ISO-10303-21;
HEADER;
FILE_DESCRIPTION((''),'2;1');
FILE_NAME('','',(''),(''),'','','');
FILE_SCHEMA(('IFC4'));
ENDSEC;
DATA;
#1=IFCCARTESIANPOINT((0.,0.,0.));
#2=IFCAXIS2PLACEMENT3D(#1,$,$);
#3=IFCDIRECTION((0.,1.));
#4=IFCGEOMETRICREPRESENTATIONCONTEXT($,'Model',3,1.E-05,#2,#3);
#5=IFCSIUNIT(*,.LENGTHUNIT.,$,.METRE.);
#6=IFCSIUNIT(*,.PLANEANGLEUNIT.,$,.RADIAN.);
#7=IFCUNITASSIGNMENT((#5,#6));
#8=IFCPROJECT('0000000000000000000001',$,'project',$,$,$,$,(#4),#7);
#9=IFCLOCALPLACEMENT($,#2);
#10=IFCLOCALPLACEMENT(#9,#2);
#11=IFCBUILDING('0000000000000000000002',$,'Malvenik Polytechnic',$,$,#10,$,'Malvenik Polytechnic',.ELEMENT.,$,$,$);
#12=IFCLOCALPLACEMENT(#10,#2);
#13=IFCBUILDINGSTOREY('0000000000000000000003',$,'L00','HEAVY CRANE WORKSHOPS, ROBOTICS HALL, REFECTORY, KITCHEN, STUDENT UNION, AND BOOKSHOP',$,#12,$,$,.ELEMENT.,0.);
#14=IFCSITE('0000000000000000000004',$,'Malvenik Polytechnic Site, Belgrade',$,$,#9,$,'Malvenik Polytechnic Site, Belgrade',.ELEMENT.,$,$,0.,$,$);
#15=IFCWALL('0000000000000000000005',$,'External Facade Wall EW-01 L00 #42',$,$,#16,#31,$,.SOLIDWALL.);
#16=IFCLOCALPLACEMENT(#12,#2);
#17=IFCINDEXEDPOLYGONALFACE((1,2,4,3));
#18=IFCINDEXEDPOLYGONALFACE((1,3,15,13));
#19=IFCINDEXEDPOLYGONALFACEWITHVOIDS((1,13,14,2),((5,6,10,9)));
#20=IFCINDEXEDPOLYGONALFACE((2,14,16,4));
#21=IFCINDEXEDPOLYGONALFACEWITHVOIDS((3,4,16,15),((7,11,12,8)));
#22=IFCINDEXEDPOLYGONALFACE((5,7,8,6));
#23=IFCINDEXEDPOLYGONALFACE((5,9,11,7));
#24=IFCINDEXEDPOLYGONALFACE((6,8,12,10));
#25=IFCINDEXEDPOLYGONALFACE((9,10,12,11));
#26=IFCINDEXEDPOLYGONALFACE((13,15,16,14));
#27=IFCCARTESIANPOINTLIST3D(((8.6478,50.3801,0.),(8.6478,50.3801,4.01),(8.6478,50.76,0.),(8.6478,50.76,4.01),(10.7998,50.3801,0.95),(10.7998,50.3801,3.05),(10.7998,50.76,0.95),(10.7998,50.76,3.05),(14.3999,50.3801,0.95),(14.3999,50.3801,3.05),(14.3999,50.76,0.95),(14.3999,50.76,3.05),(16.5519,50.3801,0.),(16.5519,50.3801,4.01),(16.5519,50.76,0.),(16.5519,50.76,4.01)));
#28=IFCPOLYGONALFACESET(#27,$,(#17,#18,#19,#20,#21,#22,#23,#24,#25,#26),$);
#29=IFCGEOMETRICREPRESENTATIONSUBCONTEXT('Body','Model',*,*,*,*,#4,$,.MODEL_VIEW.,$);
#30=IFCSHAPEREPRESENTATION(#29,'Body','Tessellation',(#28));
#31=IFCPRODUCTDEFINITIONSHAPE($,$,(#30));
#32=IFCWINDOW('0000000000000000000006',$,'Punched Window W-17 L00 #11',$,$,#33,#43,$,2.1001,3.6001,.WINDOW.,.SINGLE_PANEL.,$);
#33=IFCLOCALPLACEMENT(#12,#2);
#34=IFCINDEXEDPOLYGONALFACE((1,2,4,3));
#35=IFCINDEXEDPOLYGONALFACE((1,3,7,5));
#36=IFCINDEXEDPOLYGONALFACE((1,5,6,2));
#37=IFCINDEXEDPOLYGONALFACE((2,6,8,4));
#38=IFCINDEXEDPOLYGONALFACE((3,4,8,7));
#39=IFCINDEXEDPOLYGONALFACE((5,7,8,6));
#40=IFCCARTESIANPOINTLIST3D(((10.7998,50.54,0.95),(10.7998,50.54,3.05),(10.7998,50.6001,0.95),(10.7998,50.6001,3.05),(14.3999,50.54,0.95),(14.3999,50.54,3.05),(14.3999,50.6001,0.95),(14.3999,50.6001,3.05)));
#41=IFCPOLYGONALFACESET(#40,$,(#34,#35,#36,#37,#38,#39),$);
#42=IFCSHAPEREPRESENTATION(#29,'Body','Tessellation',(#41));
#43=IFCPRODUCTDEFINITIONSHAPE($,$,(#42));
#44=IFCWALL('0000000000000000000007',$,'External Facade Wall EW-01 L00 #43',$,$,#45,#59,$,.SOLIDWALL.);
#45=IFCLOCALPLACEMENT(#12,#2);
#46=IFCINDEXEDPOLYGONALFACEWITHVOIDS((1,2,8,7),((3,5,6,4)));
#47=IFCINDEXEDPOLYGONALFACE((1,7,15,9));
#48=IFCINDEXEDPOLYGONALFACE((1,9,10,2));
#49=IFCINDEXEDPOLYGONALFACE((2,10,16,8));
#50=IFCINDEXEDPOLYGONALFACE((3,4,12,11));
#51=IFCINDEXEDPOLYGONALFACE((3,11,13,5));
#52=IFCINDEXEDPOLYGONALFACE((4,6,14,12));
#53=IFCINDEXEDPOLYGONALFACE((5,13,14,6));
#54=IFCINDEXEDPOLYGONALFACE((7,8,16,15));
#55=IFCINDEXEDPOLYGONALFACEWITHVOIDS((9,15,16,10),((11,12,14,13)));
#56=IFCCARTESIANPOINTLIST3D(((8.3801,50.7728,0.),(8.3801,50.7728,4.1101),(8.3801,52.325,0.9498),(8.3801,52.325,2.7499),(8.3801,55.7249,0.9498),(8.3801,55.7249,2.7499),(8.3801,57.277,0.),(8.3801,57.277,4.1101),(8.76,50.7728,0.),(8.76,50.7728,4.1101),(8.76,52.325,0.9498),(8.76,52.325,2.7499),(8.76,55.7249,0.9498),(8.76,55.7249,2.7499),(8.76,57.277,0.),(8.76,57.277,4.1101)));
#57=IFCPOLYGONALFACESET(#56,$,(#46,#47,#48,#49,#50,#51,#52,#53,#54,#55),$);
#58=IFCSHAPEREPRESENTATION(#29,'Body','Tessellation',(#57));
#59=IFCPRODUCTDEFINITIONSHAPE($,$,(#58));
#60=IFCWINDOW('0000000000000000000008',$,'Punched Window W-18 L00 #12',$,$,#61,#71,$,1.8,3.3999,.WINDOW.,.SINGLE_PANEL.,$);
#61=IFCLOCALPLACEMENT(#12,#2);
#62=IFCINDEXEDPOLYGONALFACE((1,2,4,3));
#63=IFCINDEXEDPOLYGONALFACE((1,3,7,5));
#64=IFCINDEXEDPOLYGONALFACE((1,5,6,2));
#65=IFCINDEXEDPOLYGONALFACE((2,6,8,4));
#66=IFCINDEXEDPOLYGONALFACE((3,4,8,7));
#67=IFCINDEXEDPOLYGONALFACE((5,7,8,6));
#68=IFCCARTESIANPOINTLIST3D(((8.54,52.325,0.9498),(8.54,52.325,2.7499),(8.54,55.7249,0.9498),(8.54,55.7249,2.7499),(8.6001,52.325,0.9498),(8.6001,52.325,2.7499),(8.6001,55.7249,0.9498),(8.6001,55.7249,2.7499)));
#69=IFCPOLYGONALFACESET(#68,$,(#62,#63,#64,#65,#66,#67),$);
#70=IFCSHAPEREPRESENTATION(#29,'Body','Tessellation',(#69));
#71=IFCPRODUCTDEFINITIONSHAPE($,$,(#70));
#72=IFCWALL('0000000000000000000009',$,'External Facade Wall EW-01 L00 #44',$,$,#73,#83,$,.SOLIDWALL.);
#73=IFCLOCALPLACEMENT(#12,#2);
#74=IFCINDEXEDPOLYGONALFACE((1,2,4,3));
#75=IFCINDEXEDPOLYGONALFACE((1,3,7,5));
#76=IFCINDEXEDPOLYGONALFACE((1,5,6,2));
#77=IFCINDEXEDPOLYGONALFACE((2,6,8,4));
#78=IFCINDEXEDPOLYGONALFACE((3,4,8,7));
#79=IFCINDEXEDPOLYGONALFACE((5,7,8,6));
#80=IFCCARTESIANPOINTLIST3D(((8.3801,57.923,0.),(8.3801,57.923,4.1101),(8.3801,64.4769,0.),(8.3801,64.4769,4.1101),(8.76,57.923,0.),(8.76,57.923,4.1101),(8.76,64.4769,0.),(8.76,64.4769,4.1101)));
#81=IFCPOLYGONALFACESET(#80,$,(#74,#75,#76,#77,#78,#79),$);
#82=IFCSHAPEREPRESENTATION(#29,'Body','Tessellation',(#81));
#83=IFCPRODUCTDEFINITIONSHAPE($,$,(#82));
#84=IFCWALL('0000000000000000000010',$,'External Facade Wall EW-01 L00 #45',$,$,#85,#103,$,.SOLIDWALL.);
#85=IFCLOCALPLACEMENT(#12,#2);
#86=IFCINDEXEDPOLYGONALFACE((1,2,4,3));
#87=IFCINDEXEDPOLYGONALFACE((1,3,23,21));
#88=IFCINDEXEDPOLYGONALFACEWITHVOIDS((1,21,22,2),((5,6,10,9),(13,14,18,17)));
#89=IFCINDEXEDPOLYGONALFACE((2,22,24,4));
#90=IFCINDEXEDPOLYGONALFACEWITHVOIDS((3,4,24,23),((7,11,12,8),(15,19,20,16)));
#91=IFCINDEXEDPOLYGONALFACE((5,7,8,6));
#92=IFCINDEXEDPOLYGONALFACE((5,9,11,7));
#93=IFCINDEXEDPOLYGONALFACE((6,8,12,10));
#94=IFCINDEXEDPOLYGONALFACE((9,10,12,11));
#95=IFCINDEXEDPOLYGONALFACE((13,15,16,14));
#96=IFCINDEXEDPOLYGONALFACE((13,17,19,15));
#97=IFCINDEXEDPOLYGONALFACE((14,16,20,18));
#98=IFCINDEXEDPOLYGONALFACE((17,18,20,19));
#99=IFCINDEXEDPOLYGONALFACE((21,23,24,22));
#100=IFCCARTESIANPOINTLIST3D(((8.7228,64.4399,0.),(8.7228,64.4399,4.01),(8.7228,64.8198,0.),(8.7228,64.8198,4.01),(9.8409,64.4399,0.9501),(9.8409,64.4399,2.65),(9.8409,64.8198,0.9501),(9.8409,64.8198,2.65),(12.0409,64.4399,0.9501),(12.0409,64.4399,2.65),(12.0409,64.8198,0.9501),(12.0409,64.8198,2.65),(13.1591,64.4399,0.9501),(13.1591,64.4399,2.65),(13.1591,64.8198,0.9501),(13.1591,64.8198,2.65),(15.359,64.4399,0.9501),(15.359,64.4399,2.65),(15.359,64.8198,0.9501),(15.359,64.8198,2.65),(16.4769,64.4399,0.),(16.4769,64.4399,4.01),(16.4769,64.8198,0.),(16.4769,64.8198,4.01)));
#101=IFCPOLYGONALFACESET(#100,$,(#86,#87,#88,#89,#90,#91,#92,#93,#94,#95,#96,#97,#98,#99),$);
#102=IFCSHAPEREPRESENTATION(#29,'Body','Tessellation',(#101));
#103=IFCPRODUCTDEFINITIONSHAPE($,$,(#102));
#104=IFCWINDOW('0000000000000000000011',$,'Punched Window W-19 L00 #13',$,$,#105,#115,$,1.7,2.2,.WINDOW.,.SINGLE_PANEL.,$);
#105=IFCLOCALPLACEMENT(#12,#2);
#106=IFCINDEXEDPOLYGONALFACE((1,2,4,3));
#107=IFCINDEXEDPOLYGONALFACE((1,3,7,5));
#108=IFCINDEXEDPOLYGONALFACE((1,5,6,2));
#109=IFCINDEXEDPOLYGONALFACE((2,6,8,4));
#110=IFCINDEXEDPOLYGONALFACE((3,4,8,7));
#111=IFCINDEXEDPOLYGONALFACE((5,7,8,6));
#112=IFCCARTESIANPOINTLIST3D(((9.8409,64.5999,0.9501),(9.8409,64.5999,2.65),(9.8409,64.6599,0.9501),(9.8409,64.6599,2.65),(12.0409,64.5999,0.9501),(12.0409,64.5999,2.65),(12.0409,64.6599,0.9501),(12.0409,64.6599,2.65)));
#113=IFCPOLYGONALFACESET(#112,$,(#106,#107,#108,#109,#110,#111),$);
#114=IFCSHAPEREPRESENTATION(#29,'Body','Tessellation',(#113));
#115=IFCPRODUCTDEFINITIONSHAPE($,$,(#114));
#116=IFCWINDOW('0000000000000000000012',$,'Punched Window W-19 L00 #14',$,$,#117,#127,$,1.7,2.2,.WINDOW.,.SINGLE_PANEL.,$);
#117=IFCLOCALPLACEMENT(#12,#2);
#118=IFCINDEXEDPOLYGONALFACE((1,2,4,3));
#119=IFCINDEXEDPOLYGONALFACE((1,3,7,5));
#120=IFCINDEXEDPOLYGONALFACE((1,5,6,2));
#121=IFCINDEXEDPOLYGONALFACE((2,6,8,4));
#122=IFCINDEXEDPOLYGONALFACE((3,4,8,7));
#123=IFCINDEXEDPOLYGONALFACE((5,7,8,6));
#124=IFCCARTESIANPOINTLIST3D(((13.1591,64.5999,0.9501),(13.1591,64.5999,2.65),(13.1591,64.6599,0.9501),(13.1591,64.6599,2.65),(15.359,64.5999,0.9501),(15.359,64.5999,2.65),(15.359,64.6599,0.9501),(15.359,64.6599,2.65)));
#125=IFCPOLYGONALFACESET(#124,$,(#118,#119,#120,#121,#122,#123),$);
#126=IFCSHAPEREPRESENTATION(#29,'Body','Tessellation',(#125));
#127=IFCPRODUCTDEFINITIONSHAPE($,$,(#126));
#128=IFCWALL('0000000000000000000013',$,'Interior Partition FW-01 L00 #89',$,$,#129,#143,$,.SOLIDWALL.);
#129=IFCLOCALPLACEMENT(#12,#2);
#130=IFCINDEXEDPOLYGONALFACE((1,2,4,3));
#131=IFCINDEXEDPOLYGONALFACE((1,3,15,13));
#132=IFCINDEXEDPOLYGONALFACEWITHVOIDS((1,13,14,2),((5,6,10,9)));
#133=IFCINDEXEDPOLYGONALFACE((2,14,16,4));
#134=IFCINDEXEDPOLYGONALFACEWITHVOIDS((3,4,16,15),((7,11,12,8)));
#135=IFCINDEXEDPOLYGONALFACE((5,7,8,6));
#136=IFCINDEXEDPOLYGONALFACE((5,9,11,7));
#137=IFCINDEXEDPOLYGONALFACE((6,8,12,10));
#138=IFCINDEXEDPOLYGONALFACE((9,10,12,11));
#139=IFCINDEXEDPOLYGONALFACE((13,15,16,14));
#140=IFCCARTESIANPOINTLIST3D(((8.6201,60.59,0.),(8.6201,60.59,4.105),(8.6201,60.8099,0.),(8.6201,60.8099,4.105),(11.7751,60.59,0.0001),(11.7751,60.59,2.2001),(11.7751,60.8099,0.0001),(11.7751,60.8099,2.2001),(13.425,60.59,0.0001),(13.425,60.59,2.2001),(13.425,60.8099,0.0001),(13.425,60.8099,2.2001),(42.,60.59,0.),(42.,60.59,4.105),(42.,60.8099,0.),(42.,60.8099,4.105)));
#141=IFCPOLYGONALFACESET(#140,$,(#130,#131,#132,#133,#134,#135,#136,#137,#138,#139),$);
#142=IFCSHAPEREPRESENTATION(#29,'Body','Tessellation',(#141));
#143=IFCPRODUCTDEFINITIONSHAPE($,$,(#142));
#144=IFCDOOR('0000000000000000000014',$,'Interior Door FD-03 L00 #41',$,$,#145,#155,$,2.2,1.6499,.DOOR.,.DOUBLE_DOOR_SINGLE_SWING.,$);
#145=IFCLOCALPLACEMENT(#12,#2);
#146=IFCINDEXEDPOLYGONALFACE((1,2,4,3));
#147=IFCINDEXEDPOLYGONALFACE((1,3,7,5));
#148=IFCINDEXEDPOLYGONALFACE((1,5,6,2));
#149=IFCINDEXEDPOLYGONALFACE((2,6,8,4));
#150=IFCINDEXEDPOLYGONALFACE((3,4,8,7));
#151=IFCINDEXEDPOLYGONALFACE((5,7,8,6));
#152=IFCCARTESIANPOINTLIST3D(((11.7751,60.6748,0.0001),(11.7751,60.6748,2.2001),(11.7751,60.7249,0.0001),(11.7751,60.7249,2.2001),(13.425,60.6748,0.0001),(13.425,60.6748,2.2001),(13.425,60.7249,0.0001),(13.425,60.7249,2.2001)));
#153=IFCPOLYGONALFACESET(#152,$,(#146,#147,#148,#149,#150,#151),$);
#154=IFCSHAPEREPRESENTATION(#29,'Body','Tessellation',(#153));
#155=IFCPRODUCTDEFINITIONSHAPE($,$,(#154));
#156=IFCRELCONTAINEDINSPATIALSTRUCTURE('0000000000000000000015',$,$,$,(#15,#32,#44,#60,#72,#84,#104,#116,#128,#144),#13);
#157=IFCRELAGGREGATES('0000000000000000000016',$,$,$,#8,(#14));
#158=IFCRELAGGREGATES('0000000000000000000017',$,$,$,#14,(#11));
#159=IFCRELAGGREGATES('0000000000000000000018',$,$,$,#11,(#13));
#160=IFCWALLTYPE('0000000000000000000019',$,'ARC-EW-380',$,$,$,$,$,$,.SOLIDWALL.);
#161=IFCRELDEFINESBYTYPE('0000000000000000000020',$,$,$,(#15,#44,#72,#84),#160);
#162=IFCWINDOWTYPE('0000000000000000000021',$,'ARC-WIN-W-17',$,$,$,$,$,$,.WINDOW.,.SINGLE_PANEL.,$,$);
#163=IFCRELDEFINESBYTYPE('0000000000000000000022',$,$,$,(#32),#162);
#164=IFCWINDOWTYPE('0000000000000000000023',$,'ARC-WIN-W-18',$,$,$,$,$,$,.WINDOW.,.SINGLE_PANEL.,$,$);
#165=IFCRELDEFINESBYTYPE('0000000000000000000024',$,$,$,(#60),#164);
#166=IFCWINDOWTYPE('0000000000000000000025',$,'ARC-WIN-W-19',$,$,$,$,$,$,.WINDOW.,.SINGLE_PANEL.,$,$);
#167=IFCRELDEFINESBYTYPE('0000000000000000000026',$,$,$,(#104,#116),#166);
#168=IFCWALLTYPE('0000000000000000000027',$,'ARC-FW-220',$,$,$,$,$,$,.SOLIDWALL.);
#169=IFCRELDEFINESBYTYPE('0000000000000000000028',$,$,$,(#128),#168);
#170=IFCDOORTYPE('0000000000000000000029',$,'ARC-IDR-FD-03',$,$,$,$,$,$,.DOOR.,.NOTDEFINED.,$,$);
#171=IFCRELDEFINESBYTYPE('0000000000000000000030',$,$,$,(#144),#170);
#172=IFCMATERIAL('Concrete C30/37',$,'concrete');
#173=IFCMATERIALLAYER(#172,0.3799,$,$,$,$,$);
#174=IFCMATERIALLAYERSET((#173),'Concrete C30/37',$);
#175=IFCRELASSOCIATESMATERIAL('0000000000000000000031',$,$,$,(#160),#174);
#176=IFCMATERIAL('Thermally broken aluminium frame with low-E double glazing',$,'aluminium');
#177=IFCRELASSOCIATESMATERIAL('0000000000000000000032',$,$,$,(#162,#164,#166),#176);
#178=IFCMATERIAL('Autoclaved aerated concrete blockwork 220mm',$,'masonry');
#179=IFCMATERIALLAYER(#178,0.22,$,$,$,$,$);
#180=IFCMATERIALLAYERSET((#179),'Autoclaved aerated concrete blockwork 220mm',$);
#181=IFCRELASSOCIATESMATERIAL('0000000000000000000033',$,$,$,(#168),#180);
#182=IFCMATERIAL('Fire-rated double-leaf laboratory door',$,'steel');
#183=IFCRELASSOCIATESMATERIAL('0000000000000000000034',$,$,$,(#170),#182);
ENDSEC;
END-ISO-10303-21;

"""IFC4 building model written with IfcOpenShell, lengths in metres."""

from ifc_helpers import new_model, si_unit, direction, frame, frame_2d, origin, place, context, subcontext, project, spatial, rectangle, extrude, material, layer, layer_set, type_object, element, fill, save


model = new_model("IFC4")

# Units and contexts
model_context = context("Model", 3, precision=1e-05, world=origin(), true_north=direction((0.0, 1.0)))
body_context = subcontext(model_context, "Body", "Model", "MODEL_VIEW")
ifc_project = project(units=[si_unit("LENGTHUNIT", "METRE"), si_unit("PLANEANGLEUNIT", "RADIAN")], contexts=[model_context])

# Site, building, storey
site_placement = place(None, origin())
site = spatial("IfcSite", under=ifc_project, at=site_placement, Name="Malvenik Polytechnic Site, Belgrade", LongName="Malvenik Polytechnic Site, Belgrade", CompositionType="ELEMENT", RefElevation=0.0)
building_placement = place(site_placement, origin())
building = spatial("IfcBuilding", under=site, at=building_placement, Name="Malvenik Polytechnic", LongName="Malvenik Polytechnic", CompositionType="ELEMENT")
storey_placement = place(building_placement, origin())
storey = spatial("IfcBuildingStorey", under=building, at=storey_placement, Name="L00", Description="HEAVY CRANE WORKSHOPS, ROBOTICS HALL, REFECTORY, KITCHEN, STUDENT UNION, AND BOOKSHOP", CompositionType="ELEMENT", Elevation=0.0)

# Shared definitions
ifc_material_1 = material(Name="Concrete C30/37", Category="concrete")

# Walls, openings, windows
ifc_layer_1 = layer(ifc_material_1, 0.3799)
ifc_layer_set_1 = layer_set([ifc_layer_1], Name="Concrete C30/37")
wall_type_1 = type_object("IfcWallType", Name="ARC-EW-380", PredefinedType="SOLIDWALL", material=ifc_layer_set_1)
wall_1_placement = place(storey_placement, frame((16.552, 50.5701, 0.0), z_axis=(0.0, 0.0, 1.0), x_axis=(-1.0, 0.0, 0.0)))
wall_1 = element("IfcWall", 1, at=wall_1_placement, inside=storey, type_object=wall_type_1, Name="External Facade Wall EW-01 L00 #42", PredefinedType="SOLIDWALL", context=body_context, shape_type="SweptSolid", body=[
    extrude(rectangle(XDim=7.9041, YDim=0.3799, at=frame_2d((3.9521, 0.0))), origin(), (0.0, 0.0, 1.0), 4.01),
])
opening_1_placement = place(wall_1_placement, frame((2.1521, 0.0, 0.95)))
opening_1 = element("IfcOpeningElement", 2, at=opening_1_placement, cuts=wall_1, PredefinedType="OPENING", context=body_context, shape_type="SweptSolid", body=[
    extrude(rectangle(XDim=3.6001, YDim=2.1001, at=frame_2d((1.8, 1.05))), frame((0.0, 0.2, 0.0), z_axis=(0.0, -1.0, 0.0), x_axis=(1.0, 0.0, 0.0)), (0.0, 0.0, 1.0), 0.3999),
])
ifc_material_2 = material(Name="Thermally broken aluminium frame with low-E double glazing", Category="aluminium")
window_type_1 = type_object("IfcWindowType", Name="ARC-WIN-W-17", PartitioningType="SINGLE_PANEL", PredefinedType="WINDOW", material=ifc_material_2)
window_1_placement = place(opening_1_placement, origin())
window_1 = element("IfcWindow", 3, at=window_1_placement, inside=storey, type_object=window_type_1, Name="Punched Window W-17 L00 #11", OverallHeight=2.1001, OverallWidth=3.6001, PartitioningType="SINGLE_PANEL", PredefinedType="WINDOW", context=body_context, shape_type="SweptSolid", body=[
    extrude(rectangle(XDim=3.6001, YDim=2.1001, at=frame_2d((1.8, 1.05))), frame((0.0, 0.03, 0.0), z_axis=(0.0, -1.0, 0.0), x_axis=(1.0, 0.0, 0.0)), (0.0, 0.0, 1.0), 0.0601),
])
fill(opening_1, window_1)
wall_2_placement = place(storey_placement, frame((8.5701, 50.7729, 0.0), z_axis=(0.0, 0.0, 1.0), x_axis=(0.0, 1.0, 0.0)))
wall_2 = element("IfcWall", 4, at=wall_2_placement, inside=storey, type_object=wall_type_1, Name="External Facade Wall EW-01 L00 #43", PredefinedType="SOLIDWALL", context=body_context, shape_type="SweptSolid", body=[
    extrude(rectangle(XDim=6.5042, YDim=0.3799, at=frame_2d((3.252, 0.0))), origin(), (0.0, 0.0, 1.0), 4.1101),
])
opening_2_placement = place(wall_2_placement, frame((1.552, 0.0, 0.95)))
opening_2 = element("IfcOpeningElement", 5, at=opening_2_placement, cuts=wall_2, PredefinedType="OPENING", context=body_context, shape_type="SweptSolid", body=[
    extrude(rectangle(XDim=3.3999, YDim=1.8, at=frame_2d((1.7, 0.8999))), frame((0.0, 0.2, 0.0), z_axis=(0.0, -1.0, 0.0), x_axis=(1.0, 0.0, 0.0)), (0.0, 0.0, 1.0), 0.3999),
])
window_type_2 = type_object("IfcWindowType", Name="ARC-WIN-W-18", PartitioningType="SINGLE_PANEL", PredefinedType="WINDOW", material=ifc_material_2)
window_2_placement = place(opening_2_placement, origin())
window_2 = element("IfcWindow", 6, at=window_2_placement, inside=storey, type_object=window_type_2, Name="Punched Window W-18 L00 #12", OverallHeight=1.8, OverallWidth=3.3999, PartitioningType="SINGLE_PANEL", PredefinedType="WINDOW", context=body_context, shape_type="SweptSolid", body=[
    extrude(rectangle(XDim=3.3999, YDim=1.8, at=frame_2d((1.7, 0.8999))), frame((0.0, 0.03, 0.0), z_axis=(0.0, -1.0, 0.0), x_axis=(1.0, 0.0, 0.0)), (0.0, 0.0, 1.0), 0.0601),
])
fill(opening_2, window_2)

# Wall
wall_3_placement = place(storey_placement, frame((8.5701, 57.9231, 0.0), z_axis=(0.0, 0.0, 1.0), x_axis=(0.0, 1.0, 0.0)))
element("IfcWall", 7, at=wall_3_placement, inside=storey, type_object=wall_type_1, Name="External Facade Wall EW-01 L00 #44", PredefinedType="SOLIDWALL", context=body_context, shape_type="SweptSolid", body=[
    extrude(rectangle(XDim=6.554, YDim=0.3799, at=frame_2d((3.2769, 0.0))), origin(), (0.0, 0.0, 1.0), 4.1101),
])

# Wall, openings, windows
wall_4_placement = place(storey_placement, frame((8.7229, 64.6299, 0.0), z_axis=(0.0, 0.0, 1.0), x_axis=(1.0, 0.0, 0.0)))
wall_4 = element("IfcWall", 8, at=wall_4_placement, inside=storey, type_object=wall_type_1, Name="External Facade Wall EW-01 L00 #45", PredefinedType="SOLIDWALL", context=body_context, shape_type="SweptSolid", body=[
    extrude(rectangle(XDim=7.7542, YDim=0.3799, at=frame_2d((3.877, 0.0))), origin(), (0.0, 0.0, 1.0), 4.01),
])
opening_3_placement = place(wall_4_placement, frame((1.1179, 0.0, 0.95)))
opening_3 = element("IfcOpeningElement", 9, at=opening_3_placement, cuts=wall_4, PredefinedType="OPENING", context=body_context, shape_type="SweptSolid", body=[
    extrude(rectangle(XDim=2.2, YDim=1.7, at=frame_2d((1.1001, 0.8501))), frame((0.0, 0.2, 0.0), z_axis=(0.0, -1.0, 0.0), x_axis=(1.0, 0.0, 0.0)), (0.0, 0.0, 1.0), 0.3999),
])
opening_4_placement = place(wall_4_placement, frame((4.436, 0.0, 0.95)))
opening_4 = element("IfcOpeningElement", 10, at=opening_4_placement, cuts=wall_4, PredefinedType="OPENING", context=body_context, shape_type="SweptSolid", body=[
    extrude(rectangle(XDim=2.2, YDim=1.7, at=frame_2d((1.1001, 0.8501))), frame((0.0, 0.2, 0.0), z_axis=(0.0, -1.0, 0.0), x_axis=(1.0, 0.0, 0.0)), (0.0, 0.0, 1.0), 0.3999),
])
window_type_3 = type_object("IfcWindowType", Name="ARC-WIN-W-19", PartitioningType="SINGLE_PANEL", PredefinedType="WINDOW", material=ifc_material_2)
window_3_placement = place(opening_3_placement, origin())
window_3 = element("IfcWindow", 11, at=window_3_placement, inside=storey, type_object=window_type_3, Name="Punched Window W-19 L00 #13", OverallHeight=1.7, OverallWidth=2.2, PartitioningType="SINGLE_PANEL", PredefinedType="WINDOW", context=body_context, shape_type="SweptSolid", body=[
    extrude(rectangle(XDim=2.2, YDim=1.7, at=frame_2d((1.1001, 0.8501))), frame((0.0, 0.03, 0.0), z_axis=(0.0, -1.0, 0.0), x_axis=(1.0, 0.0, 0.0)), (0.0, 0.0, 1.0), 0.0601),
])
fill(opening_3, window_3)
window_4_placement = place(opening_4_placement, origin())
window_4 = element("IfcWindow", 12, at=window_4_placement, inside=storey, type_object=window_type_3, Name="Punched Window W-19 L00 #14", OverallHeight=1.7, OverallWidth=2.2, PartitioningType="SINGLE_PANEL", PredefinedType="WINDOW", context=body_context, shape_type="SweptSolid", body=[
    extrude(rectangle(XDim=2.2, YDim=1.7, at=frame_2d((1.1001, 0.8501))), frame((0.0, 0.03, 0.0), z_axis=(0.0, -1.0, 0.0), x_axis=(1.0, 0.0, 0.0)), (0.0, 0.0, 1.0), 0.0601),
])
fill(opening_4, window_4)

# Wall, opening, door
ifc_material_3 = material(Name="Autoclaved aerated concrete blockwork 220mm", Category="masonry")
ifc_layer_2 = layer(ifc_material_3, 0.22)
ifc_layer_set_2 = layer_set([ifc_layer_2], Name="Autoclaved aerated concrete blockwork 220mm")
wall_type_2 = type_object("IfcWallType", Name="ARC-FW-220", PredefinedType="SOLIDWALL", material=ifc_layer_set_2)
wall_5_placement = place(storey_placement, frame((8.6201, 60.7, 0.0), z_axis=(0.0, 0.0, 1.0), x_axis=(1.0, 0.0, 0.0)))
wall_5 = element("IfcWall", 13, at=wall_5_placement, inside=storey, type_object=wall_type_2, Name="Interior Partition FW-01 L00 #89", PredefinedType="SOLIDWALL", context=body_context, shape_type="SweptSolid", body=[
    extrude(rectangle(XDim=33.3799, YDim=0.22, at=frame_2d((16.6899, 0.0))), origin(), (0.0, 0.0, 1.0), 4.105),
])
opening_5_placement = place(wall_5_placement, frame((3.155, 0.0, 0.0)))
opening_5 = element("IfcOpeningElement", 14, at=opening_5_placement, cuts=wall_5, PredefinedType="OPENING", context=body_context, shape_type="SweptSolid", body=[
    extrude(rectangle(XDim=1.6499, YDim=2.2, at=frame_2d((0.825, 1.1001))), frame((0.0, 0.1201, 0.0), z_axis=(0.0, -1.0, 0.0), x_axis=(1.0, 0.0, 0.0)), (0.0, 0.0, 1.0), 0.24),
])
ifc_material_4 = material(Name="Fire-rated double-leaf laboratory door", Category="steel")
door_type = type_object("IfcDoorType", Name="ARC-IDR-FD-03", OperationType="NOTDEFINED", PredefinedType="DOOR", material=ifc_material_4)
door_placement = place(opening_5_placement, origin())
door = element("IfcDoor", 15, at=door_placement, inside=storey, type_object=door_type, Name="Interior Door FD-03 L00 #41", OperationType="DOUBLE_DOOR_SINGLE_SWING", OverallHeight=2.2, OverallWidth=1.6499, PredefinedType="DOOR", context=body_context, shape_type="SweptSolid", body=[
    extrude(rectangle(XDim=1.6499, YDim=2.2, at=frame_2d((0.825, 1.1001))), frame((0.0, 0.0249, 0.0), z_axis=(0.0, -1.0, 0.0), x_axis=(1.0, 0.0, 0.0)), (0.0, 0.0, 1.0), 0.05),
])
fill(opening_5, door)

save(model, "model.ifc")
